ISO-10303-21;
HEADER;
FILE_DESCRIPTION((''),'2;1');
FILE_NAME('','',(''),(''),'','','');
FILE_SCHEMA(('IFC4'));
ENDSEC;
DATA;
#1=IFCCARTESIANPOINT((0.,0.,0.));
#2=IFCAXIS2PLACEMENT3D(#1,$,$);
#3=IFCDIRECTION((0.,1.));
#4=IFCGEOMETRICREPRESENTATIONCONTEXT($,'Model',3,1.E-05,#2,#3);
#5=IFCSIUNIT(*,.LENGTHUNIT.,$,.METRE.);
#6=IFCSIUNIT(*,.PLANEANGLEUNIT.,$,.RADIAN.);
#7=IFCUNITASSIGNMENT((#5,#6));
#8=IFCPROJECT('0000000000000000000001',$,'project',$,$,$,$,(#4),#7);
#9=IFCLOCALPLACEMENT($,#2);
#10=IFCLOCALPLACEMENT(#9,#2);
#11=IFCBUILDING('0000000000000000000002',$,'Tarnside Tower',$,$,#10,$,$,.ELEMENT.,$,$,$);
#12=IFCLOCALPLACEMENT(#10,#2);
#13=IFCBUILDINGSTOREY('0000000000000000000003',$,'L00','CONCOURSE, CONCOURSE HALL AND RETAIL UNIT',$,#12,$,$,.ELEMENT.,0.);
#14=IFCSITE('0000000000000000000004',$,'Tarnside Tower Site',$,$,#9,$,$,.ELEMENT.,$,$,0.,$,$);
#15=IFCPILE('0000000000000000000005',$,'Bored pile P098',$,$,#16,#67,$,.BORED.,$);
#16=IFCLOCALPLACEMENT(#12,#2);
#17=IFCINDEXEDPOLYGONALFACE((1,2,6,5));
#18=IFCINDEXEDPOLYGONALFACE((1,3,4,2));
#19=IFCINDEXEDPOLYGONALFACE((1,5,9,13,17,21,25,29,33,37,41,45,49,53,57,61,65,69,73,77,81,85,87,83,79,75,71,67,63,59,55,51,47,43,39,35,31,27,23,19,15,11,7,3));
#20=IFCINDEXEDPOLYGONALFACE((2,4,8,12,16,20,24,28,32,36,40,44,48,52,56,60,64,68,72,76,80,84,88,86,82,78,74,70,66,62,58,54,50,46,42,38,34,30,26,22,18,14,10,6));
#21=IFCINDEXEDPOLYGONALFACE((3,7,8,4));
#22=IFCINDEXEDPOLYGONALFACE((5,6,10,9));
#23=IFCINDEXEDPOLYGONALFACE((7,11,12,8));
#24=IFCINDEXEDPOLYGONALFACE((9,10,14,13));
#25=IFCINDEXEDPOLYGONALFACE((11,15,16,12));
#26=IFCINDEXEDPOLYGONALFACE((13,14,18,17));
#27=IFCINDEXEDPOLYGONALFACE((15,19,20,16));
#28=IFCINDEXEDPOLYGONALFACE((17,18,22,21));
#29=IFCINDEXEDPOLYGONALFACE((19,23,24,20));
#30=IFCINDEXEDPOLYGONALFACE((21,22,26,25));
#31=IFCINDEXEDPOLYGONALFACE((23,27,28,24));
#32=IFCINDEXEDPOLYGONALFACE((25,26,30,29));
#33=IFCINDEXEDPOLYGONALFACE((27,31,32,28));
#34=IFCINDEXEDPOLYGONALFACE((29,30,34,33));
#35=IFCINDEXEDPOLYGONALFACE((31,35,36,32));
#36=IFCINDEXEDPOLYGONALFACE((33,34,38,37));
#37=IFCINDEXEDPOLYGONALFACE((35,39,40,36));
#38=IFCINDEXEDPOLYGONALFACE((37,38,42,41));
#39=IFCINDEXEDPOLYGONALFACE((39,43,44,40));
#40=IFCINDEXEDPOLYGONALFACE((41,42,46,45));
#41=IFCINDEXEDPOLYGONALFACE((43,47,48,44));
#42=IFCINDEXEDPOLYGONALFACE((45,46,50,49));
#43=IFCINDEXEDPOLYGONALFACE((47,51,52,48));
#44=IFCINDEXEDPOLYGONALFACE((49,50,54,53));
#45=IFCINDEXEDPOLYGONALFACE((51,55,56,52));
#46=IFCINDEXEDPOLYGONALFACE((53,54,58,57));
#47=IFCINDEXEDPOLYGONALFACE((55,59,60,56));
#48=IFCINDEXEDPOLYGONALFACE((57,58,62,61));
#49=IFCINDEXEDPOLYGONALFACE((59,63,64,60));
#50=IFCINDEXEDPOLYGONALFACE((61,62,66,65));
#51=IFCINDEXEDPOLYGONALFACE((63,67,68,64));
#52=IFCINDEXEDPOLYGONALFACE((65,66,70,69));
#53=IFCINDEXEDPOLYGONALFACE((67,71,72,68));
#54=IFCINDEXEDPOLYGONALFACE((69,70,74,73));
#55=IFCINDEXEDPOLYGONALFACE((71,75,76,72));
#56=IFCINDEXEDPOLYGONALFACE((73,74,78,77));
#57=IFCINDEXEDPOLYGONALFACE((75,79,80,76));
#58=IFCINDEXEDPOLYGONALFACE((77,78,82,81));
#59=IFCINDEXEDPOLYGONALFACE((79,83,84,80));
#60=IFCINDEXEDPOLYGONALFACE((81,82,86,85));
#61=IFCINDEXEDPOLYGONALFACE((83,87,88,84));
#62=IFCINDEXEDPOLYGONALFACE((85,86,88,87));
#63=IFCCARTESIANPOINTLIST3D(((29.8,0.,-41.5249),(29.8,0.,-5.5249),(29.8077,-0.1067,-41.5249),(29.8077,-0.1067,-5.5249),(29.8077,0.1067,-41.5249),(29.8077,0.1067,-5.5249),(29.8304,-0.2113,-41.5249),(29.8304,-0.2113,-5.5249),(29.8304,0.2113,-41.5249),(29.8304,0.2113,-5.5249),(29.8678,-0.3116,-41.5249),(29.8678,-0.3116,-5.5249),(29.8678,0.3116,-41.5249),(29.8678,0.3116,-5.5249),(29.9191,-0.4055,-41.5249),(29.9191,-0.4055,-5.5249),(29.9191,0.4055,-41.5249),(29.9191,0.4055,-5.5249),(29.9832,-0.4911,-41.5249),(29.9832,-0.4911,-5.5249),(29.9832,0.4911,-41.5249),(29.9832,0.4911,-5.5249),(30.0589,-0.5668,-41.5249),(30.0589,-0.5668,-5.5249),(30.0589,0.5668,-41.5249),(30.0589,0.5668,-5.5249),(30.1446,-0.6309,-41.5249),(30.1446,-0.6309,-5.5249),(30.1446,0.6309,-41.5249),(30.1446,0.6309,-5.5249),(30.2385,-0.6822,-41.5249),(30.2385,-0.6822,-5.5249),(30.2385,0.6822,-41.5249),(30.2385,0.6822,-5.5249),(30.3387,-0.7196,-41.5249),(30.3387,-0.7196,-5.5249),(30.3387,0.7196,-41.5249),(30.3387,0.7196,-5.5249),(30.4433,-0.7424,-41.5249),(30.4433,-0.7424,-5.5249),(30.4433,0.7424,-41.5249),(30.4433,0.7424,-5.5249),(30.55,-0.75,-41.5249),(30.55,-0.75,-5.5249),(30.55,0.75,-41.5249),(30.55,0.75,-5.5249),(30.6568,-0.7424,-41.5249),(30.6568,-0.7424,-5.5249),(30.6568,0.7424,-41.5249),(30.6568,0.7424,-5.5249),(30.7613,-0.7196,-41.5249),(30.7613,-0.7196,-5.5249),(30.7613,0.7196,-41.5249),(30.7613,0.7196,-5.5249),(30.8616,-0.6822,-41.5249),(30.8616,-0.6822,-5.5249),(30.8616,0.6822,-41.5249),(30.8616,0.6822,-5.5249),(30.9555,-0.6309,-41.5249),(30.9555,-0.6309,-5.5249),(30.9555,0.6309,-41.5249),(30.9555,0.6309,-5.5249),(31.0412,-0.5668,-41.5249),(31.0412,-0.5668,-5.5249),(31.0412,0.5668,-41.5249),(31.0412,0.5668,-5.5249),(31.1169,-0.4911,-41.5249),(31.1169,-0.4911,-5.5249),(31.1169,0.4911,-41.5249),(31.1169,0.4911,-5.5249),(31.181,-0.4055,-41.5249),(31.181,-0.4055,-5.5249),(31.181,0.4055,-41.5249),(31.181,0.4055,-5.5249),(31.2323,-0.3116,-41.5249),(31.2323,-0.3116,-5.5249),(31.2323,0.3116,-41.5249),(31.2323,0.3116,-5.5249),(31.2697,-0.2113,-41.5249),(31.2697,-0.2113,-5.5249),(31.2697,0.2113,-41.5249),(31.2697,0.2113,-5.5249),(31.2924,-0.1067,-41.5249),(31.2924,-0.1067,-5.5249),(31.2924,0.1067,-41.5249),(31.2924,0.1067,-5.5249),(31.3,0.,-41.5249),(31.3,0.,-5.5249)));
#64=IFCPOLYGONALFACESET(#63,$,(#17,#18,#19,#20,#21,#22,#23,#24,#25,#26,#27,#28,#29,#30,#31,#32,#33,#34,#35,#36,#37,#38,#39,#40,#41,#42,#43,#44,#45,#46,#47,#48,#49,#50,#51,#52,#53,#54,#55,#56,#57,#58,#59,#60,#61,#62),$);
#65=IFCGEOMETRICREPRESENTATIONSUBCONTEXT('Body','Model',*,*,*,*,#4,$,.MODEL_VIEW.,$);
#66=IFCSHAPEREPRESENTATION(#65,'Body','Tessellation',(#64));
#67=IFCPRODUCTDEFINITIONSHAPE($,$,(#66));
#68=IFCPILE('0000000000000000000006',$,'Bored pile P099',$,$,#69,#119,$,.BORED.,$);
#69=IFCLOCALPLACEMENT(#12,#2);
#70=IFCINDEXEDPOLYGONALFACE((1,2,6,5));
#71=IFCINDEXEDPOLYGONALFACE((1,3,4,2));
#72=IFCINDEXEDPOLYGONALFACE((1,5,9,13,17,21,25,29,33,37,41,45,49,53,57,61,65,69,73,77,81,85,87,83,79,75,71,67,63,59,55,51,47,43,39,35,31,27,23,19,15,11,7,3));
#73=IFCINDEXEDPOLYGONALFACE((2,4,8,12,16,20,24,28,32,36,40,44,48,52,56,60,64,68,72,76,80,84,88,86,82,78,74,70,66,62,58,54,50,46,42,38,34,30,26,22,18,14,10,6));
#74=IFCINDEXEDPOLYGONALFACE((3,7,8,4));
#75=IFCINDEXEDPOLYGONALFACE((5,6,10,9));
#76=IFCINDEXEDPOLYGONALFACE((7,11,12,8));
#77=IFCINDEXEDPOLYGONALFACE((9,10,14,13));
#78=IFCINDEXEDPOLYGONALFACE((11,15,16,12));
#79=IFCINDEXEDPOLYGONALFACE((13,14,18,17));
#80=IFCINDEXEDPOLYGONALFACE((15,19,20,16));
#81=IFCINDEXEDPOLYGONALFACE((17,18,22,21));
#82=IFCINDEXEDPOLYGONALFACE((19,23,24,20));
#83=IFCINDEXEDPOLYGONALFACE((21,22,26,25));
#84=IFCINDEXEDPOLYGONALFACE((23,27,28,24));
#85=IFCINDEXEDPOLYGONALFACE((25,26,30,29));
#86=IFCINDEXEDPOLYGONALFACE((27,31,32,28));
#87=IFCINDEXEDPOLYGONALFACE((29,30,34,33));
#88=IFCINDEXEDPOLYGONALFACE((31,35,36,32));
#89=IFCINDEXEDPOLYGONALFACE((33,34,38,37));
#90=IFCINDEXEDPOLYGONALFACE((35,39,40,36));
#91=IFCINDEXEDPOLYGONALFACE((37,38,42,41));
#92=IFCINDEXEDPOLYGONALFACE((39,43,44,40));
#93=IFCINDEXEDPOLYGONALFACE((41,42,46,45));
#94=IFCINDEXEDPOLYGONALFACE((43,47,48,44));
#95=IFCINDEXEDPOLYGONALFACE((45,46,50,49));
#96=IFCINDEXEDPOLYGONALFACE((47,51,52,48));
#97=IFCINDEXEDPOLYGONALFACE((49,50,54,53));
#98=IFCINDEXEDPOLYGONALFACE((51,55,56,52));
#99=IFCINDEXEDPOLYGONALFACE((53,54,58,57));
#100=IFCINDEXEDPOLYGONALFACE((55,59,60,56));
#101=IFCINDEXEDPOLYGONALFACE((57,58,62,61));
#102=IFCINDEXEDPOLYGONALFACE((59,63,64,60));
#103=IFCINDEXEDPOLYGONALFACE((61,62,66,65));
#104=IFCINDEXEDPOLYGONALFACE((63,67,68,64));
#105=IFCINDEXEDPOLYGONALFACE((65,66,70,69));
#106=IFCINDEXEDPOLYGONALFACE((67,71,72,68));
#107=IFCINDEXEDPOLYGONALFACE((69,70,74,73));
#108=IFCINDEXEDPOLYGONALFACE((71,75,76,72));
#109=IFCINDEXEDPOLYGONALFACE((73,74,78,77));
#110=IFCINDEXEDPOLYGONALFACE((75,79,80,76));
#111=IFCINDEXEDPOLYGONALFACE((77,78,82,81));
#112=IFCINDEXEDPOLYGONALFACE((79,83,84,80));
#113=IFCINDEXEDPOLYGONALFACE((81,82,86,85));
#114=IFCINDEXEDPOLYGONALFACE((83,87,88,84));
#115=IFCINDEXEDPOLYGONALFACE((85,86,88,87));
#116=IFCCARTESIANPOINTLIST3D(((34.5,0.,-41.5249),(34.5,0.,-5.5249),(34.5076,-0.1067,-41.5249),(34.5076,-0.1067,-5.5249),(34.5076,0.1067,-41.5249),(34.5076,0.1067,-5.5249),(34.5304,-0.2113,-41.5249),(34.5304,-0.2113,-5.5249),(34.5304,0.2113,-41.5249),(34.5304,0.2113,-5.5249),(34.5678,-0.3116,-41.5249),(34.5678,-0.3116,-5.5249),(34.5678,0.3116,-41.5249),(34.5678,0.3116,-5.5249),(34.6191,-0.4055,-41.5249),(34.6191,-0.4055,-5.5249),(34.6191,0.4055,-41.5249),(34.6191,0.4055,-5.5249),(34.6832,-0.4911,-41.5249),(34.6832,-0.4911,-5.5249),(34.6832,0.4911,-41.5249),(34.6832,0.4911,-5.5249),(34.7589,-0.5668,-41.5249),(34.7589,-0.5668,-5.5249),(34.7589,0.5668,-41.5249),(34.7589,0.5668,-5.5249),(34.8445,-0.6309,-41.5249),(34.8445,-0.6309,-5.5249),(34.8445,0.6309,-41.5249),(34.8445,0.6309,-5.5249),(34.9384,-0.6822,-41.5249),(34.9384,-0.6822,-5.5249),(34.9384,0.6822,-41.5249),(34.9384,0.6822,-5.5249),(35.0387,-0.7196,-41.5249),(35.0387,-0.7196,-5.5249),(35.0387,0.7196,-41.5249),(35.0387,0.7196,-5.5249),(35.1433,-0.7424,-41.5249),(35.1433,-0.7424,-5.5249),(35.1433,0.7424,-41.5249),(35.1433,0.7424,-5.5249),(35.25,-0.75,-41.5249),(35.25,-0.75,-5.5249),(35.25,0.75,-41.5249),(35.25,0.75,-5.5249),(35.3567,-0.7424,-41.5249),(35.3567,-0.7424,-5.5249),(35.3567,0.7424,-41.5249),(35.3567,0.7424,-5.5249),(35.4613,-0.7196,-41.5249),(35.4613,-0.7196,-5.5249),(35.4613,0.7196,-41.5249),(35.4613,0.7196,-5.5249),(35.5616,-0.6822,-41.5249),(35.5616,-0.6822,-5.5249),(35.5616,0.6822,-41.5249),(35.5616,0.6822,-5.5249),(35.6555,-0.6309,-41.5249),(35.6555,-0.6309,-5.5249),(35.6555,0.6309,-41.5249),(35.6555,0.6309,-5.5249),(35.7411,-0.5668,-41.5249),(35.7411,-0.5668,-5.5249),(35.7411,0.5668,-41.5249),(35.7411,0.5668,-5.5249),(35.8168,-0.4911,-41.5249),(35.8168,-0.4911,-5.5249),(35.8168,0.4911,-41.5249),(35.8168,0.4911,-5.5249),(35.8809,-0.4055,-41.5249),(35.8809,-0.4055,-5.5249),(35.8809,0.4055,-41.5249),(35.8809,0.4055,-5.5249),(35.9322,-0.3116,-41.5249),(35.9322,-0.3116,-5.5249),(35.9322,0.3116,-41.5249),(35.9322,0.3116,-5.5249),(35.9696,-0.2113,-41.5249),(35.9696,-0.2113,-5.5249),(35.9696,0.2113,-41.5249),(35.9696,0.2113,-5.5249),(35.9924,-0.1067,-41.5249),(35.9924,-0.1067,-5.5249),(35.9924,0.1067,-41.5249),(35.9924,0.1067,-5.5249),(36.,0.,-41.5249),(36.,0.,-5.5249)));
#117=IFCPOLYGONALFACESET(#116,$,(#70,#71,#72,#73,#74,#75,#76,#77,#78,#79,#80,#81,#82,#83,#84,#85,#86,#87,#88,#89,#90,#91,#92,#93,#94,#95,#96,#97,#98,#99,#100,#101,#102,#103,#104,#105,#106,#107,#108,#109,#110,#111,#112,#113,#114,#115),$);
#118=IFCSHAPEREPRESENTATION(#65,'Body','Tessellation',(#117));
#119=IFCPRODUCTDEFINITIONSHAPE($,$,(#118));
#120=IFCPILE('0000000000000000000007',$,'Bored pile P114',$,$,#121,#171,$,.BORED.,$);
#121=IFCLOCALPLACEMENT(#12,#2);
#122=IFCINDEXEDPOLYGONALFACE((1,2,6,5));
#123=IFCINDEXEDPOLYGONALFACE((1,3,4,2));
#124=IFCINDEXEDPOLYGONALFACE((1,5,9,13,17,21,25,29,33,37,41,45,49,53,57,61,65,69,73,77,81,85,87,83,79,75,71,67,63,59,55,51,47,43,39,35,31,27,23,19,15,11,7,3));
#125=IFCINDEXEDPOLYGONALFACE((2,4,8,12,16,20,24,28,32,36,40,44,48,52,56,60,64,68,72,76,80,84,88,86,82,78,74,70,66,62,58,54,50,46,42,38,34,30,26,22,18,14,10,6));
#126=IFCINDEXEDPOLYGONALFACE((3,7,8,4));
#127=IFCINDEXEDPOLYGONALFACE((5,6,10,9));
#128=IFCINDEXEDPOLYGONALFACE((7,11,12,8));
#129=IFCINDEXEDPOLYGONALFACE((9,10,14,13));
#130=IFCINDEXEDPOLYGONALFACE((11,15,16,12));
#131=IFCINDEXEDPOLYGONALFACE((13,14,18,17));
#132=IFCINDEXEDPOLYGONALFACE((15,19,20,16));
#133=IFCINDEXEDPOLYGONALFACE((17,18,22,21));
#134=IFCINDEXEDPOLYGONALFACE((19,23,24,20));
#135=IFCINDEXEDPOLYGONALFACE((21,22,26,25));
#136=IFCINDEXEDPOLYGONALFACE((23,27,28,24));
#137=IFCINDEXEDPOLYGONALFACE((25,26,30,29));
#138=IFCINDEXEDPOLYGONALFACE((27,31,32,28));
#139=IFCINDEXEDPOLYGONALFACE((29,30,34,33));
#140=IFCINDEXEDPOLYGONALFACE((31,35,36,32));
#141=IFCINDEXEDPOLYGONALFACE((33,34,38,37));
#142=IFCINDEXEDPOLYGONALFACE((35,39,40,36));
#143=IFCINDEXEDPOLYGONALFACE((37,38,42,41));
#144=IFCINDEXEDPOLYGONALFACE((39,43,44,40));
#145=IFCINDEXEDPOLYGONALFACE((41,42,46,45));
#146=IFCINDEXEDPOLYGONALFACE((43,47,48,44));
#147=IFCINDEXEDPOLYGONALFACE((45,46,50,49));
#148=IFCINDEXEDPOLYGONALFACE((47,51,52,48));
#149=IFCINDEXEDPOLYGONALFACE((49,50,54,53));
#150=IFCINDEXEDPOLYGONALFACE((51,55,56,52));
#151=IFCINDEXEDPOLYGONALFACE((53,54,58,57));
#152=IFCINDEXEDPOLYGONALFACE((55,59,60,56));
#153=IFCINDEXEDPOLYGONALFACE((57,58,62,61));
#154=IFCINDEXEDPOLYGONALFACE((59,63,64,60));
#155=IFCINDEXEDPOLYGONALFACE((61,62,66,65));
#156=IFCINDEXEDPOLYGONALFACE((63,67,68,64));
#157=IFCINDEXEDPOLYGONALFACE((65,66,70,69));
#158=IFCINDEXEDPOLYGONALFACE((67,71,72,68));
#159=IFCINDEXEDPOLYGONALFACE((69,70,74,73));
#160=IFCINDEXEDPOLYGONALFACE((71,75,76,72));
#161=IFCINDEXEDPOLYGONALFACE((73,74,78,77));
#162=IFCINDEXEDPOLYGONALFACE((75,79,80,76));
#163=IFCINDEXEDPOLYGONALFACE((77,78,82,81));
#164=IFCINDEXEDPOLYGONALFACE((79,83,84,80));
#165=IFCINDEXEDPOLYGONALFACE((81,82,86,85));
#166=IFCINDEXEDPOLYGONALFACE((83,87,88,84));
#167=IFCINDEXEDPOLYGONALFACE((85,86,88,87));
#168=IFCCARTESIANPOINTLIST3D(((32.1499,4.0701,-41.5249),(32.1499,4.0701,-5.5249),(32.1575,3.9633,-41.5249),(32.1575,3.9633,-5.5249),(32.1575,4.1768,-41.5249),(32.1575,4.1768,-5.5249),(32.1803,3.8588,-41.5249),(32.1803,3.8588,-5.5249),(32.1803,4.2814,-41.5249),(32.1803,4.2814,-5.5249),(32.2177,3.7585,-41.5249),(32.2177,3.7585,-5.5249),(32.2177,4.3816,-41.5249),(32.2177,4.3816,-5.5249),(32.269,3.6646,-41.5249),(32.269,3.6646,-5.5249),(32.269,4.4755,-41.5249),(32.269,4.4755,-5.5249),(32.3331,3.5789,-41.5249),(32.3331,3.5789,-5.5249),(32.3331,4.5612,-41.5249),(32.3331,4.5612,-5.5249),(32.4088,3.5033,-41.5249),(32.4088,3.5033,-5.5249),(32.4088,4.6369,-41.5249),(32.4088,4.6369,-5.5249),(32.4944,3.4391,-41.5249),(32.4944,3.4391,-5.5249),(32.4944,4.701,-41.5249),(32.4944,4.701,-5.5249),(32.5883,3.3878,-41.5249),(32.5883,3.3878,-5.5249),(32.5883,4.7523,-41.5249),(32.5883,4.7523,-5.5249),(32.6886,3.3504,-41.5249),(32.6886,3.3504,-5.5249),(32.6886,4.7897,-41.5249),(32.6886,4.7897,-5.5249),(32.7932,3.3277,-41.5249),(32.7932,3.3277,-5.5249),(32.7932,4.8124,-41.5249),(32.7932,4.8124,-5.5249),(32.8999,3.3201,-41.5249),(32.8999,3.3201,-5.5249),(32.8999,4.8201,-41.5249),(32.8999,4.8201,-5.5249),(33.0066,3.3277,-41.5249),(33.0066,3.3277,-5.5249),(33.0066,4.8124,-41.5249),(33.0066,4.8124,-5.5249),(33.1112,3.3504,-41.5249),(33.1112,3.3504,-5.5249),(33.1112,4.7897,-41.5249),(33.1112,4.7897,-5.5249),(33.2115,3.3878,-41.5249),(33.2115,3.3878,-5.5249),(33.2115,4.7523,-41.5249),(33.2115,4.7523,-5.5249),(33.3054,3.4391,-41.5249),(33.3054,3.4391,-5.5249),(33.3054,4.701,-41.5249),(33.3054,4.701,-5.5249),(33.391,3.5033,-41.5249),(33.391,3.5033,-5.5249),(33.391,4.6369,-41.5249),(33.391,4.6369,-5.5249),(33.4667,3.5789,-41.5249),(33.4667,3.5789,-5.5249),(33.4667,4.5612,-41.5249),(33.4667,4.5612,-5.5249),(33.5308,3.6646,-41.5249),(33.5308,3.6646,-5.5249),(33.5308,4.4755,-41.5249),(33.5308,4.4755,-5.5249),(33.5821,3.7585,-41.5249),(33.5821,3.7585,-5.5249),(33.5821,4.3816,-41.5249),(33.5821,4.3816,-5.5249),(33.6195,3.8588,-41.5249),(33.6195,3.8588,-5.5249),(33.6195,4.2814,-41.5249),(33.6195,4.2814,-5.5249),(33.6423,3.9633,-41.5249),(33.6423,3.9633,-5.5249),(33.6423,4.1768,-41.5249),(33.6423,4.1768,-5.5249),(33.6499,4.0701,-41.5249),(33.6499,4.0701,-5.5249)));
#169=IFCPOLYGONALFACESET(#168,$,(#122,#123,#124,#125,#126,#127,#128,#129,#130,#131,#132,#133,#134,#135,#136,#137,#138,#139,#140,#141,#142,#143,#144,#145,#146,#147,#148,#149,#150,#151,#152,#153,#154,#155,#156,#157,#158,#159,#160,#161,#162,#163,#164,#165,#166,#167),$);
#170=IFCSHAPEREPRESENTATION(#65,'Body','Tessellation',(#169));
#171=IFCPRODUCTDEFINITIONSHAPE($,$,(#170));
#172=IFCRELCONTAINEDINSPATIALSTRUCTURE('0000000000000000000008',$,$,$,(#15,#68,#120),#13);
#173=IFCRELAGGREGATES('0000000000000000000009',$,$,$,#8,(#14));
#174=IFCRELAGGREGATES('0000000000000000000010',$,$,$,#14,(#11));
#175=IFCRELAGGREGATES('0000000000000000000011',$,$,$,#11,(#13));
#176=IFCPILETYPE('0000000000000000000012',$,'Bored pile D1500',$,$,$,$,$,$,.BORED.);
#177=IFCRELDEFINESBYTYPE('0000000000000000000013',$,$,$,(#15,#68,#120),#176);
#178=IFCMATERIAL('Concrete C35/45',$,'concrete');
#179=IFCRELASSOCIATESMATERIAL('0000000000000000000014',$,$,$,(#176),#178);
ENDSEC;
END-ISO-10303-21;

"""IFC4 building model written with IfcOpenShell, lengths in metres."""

from ifc_helpers import new_model, si_unit, direction, frame, origin, origin_2d, place, context, subcontext, project, spatial, circle, extrude, material, material_profile, profile_set, type_object, element, save


model = new_model("IFC4")

# Units and contexts
model_context = context("Model", 3, precision=1e-05, world=origin(), true_north=direction((0.0, 1.0)))
body_context = subcontext(model_context, "Body", "Model", "MODEL_VIEW")
ifc_project = project(units=[si_unit("LENGTHUNIT", "METRE"), si_unit("PLANEANGLEUNIT", "RADIAN")], contexts=[model_context])

# Site, building, storey
site_placement = place(None, origin())
site = spatial("IfcSite", under=ifc_project, at=site_placement, Name="Tarnside Tower Site", CompositionType="ELEMENT", RefElevation=0.0)
building_placement = place(site_placement, origin())
building = spatial("IfcBuilding", under=site, at=building_placement, Name="Tarnside Tower", CompositionType="ELEMENT")
storey_placement = place(building_placement, origin())
storey = spatial("IfcBuildingStorey", under=building, at=storey_placement, Name="L00", Description="CONCOURSE, CONCOURSE HALL AND RETAIL UNIT", CompositionType="ELEMENT", Elevation=0.0)

# Piles
ifc_material_1 = material(Name="Concrete C35/45", Category="concrete")
ifc_material_profile_1 = material_profile(ifc_material_1, circle(Radius=0.75, at=origin_2d()), Name="Bored pile D1500")
ifc_profile_set_1 = profile_set([ifc_material_profile_1], Name="Concrete C35/45")
pile_type = type_object("IfcPileType", Name="Bored pile D1500", PredefinedType="BORED", material=ifc_profile_set_1)
for number, where, z_axis, x_axis, name in (
    (1, (30.55, 0.0, -5.5249), (0.0, 0.0, -1.0), (1.0, 0.0, 0.0), "Bored pile P098"),
    (2, (35.25, 0.0, -5.5249), (0.0, 0.0, -1.0), (1.0, 0.0, 0.0), "Bored pile P099"),
    (3, (32.8999, 4.0701, -5.5249), (0.0, 0.0, -1.0), (1.0, 0.0, 0.0), "Bored pile P114"),
):
    element("IfcPile", number, at=place(storey_placement, frame(where, z_axis=z_axis, x_axis=x_axis)), inside=storey, type_object=pile_type, Name=name, PredefinedType="BORED", context=body_context, shape_type="SweptSolid", body=[
        extrude(circle(Radius=0.75, at=origin_2d()), origin(), (0.0, 0.0, 1.0), 36.0),
    ])

save(model, "model.ifc")
